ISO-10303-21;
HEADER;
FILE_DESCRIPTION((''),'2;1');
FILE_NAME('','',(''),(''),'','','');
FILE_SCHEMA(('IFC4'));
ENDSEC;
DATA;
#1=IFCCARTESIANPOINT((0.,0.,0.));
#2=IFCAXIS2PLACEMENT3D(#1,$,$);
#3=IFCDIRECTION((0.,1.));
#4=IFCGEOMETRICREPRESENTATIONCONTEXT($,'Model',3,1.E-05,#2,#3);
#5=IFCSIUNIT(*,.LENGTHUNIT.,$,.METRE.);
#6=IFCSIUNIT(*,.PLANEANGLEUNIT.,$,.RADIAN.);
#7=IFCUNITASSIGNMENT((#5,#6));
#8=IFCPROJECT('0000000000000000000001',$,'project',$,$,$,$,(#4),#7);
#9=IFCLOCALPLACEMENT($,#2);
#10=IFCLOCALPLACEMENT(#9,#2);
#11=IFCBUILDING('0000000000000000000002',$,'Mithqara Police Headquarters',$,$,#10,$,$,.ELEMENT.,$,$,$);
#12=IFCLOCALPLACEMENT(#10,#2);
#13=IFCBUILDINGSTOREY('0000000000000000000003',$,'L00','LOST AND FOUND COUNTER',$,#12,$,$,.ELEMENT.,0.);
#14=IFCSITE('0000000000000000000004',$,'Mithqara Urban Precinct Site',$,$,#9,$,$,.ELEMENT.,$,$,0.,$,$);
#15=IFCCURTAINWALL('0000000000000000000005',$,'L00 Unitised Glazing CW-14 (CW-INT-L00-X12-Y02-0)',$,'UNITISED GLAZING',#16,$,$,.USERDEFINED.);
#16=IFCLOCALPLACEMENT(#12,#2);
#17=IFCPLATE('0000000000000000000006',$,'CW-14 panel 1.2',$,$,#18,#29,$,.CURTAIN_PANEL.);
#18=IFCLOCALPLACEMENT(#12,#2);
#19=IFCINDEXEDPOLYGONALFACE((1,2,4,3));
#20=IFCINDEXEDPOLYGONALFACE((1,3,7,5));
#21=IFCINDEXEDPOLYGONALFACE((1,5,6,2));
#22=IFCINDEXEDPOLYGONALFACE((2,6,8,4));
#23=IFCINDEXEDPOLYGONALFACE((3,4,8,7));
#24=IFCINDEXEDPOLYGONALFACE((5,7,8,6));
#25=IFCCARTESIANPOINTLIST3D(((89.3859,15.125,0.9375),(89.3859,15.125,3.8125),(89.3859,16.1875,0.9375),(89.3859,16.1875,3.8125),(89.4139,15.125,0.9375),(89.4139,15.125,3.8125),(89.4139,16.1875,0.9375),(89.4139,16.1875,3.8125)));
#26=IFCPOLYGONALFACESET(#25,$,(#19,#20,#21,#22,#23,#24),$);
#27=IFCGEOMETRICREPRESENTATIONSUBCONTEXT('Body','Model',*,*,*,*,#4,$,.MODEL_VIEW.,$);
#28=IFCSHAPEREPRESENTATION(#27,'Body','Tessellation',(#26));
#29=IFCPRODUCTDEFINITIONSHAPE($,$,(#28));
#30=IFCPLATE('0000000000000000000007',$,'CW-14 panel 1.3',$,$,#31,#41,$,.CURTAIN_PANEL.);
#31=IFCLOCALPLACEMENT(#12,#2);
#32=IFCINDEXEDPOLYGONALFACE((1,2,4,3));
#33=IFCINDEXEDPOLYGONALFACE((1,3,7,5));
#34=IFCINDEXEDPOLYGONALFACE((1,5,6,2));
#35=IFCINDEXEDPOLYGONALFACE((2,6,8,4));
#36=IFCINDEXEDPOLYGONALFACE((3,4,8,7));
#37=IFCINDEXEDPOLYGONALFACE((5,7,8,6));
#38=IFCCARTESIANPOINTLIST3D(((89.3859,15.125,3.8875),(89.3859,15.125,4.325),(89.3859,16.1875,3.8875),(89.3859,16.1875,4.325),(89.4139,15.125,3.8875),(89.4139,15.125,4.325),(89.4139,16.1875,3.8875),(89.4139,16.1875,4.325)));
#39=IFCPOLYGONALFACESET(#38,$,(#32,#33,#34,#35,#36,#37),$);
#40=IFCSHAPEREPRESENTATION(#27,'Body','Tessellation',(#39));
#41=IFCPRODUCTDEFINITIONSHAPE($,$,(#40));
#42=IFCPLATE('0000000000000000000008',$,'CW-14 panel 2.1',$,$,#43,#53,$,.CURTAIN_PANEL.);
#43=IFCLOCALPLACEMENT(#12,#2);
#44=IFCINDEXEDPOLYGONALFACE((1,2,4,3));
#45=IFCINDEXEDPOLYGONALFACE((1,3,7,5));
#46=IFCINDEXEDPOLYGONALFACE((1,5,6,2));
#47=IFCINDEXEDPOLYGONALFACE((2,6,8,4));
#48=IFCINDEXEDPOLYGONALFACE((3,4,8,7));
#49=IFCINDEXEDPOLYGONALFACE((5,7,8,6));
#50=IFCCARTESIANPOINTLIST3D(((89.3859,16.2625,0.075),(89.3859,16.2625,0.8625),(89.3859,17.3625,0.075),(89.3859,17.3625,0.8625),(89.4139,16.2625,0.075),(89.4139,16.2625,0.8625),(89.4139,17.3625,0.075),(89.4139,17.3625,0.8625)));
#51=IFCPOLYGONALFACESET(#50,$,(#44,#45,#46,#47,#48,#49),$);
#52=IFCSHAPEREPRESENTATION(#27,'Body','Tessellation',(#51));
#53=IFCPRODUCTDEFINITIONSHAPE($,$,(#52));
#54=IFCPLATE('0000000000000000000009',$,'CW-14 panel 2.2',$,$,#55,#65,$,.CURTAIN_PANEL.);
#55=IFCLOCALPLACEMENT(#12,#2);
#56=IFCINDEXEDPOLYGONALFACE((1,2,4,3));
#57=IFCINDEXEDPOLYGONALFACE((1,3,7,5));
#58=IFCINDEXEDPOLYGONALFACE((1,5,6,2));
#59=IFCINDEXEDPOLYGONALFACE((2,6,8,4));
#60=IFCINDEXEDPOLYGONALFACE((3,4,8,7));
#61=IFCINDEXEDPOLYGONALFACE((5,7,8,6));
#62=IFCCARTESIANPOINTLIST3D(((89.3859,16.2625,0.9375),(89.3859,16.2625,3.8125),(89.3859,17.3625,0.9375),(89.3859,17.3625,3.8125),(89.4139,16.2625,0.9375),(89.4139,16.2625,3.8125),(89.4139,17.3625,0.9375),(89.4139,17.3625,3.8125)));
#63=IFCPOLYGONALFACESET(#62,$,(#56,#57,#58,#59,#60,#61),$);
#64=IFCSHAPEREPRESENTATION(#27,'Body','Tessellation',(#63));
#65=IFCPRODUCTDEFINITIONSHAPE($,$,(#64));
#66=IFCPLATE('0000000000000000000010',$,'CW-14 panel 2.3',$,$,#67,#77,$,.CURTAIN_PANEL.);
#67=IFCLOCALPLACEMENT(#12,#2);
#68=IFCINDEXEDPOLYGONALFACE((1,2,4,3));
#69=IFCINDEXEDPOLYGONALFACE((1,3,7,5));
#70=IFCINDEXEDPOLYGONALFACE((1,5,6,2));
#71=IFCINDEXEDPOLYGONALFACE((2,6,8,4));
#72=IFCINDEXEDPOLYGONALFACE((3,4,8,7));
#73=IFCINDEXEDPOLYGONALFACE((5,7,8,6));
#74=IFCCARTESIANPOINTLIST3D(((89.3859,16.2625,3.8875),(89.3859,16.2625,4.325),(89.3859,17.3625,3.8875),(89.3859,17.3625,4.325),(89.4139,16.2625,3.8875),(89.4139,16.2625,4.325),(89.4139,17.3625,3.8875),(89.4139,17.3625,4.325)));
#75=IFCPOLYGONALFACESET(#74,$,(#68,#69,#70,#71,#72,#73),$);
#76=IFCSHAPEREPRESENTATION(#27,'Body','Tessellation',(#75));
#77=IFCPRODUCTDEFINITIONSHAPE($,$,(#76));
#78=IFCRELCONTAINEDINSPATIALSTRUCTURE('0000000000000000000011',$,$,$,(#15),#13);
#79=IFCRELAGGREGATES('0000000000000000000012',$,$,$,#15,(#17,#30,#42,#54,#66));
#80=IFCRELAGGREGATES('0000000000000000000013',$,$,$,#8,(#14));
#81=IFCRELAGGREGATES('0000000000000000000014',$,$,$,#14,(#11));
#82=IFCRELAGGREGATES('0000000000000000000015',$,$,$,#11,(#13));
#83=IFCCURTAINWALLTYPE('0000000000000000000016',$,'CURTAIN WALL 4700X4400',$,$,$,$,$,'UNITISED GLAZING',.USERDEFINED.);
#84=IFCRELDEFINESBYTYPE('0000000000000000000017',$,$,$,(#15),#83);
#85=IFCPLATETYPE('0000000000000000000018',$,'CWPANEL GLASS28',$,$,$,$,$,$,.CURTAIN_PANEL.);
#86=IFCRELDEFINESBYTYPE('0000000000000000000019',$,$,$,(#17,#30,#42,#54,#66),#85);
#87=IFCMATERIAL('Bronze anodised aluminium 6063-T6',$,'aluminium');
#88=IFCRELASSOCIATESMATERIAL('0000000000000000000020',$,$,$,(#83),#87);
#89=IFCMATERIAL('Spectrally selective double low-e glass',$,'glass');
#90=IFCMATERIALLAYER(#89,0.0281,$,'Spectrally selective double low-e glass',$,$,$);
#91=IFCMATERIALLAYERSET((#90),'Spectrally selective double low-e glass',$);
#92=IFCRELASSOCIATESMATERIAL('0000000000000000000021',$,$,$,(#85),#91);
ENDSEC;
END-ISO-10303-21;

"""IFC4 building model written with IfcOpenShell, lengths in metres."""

from ifc_helpers import new_model, si_unit, direction, frame, origin, origin_2d, place, context, subcontext, project, spatial, rectangle, extrude, material, layer, layer_set, type_object, element, aggregate, save


model = new_model("IFC4")

# Units and contexts
model_context = context("Model", 3, precision=1e-05, world=origin(), true_north=direction((0.0, 1.0)))
body_context = subcontext(model_context, "Body", "Model", "MODEL_VIEW")
ifc_project = project(units=[si_unit("LENGTHUNIT", "METRE"), si_unit("PLANEANGLEUNIT", "RADIAN")], contexts=[model_context])

# Site, building, storey
site_placement = place(None, origin())
site = spatial("IfcSite", under=ifc_project, at=site_placement, Name="Mithqara Urban Precinct Site", CompositionType="ELEMENT", RefElevation=0.0)
building_placement = place(site_placement, origin())
building = spatial("IfcBuilding", under=site, at=building_placement, Name="Mithqara Police Headquarters", CompositionType="ELEMENT")
storey_placement = place(building_placement, origin())
storey = spatial("IfcBuildingStorey", under=building, at=storey_placement, Name="L00", Description="LOST AND FOUND COUNTER", CompositionType="ELEMENT", Elevation=0.0)

# Shared definitions
ifc_material_1 = material(Name="Bronze anodised aluminium 6063-T6", Category="aluminium")
curtain_wall_type = type_object("IfcCurtainWallType", Name="CURTAIN WALL 4700X4400", ElementType="UNITISED GLAZING", PredefinedType="USERDEFINED", material=ifc_material_1)

# Curtain wall
curtain_wall_1_placement = place(storey_placement, origin())
curtain_wall_1 = element("IfcCurtainWall", 1, at=curtain_wall_1_placement, inside=storey, type_object=curtain_wall_type, Name="L00 Unitised Glazing CW-14 (CW-INT-L00-X12-Y02-0)", ObjectType="UNITISED GLAZING", PredefinedType="USERDEFINED")

# Plates
ifc_material_2 = material(Name="Spectrally selective double low-e glass", Category="glass")
ifc_layer = layer(ifc_material_2, 0.0281, Name="Spectrally selective double low-e glass")
ifc_layer_set = layer_set([ifc_layer], Name="Spectrally selective double low-e glass")
plate_type = type_object("IfcPlateType", Name="CWPANEL GLASS28", PredefinedType="CURTAIN_PANEL", material=ifc_layer_set)
plate_1_placement = place(storey_placement, frame((89.3999, 15.6562, 0.9375), z_axis=(0.0, 0.0, 1.0), x_axis=(0.0, 1.0, 0.0)))
plate_1 = element("IfcPlate", 2, at=plate_1_placement, type_object=plate_type, Name="CW-14 panel 1.2", PredefinedType="CURTAIN_PANEL", context=body_context, shape_type="SweptSolid", body=[
    extrude(rectangle(XDim=1.0625, YDim=0.0281, at=origin_2d()), origin(), (0.0, 0.0, 1.0), 2.875),
])
plate_2_placement = place(storey_placement, frame((89.3999, 15.6562, 3.8875), z_axis=(0.0, 0.0, 1.0), x_axis=(0.0, 1.0, 0.0)))
plate_2 = element("IfcPlate", 3, at=plate_2_placement, type_object=plate_type, Name="CW-14 panel 1.3", PredefinedType="CURTAIN_PANEL", context=body_context, shape_type="SweptSolid", body=[
    extrude(rectangle(XDim=1.0625, YDim=0.0281, at=origin_2d()), origin(), (0.0, 0.0, 1.0), 0.4375),
])
plate_3_placement = place(storey_placement, frame((89.3999, 16.8125, 0.075), z_axis=(0.0, 0.0, 1.0), x_axis=(0.0, 1.0, 0.0)))
plate_3 = element("IfcPlate", 4, at=plate_3_placement, type_object=plate_type, Name="CW-14 panel 2.1", PredefinedType="CURTAIN_PANEL", context=body_context, shape_type="SweptSolid", body=[
    extrude(rectangle(XDim=1.1001, YDim=0.0281, at=origin_2d()), origin(), (0.0, 0.0, 1.0), 0.7876),
])
plate_4_placement = place(storey_placement, frame((89.3999, 16.8125, 0.9375), z_axis=(0.0, 0.0, 1.0), x_axis=(0.0, 1.0, 0.0)))
plate_4 = element("IfcPlate", 5, at=plate_4_placement, type_object=plate_type, Name="CW-14 panel 2.2", PredefinedType="CURTAIN_PANEL", context=body_context, shape_type="SweptSolid", body=[
    extrude(rectangle(XDim=1.1001, YDim=0.0281, at=origin_2d()), origin(), (0.0, 0.0, 1.0), 2.875),
])
plate_5_placement = place(storey_placement, frame((89.3999, 16.8125, 3.8875), z_axis=(0.0, 0.0, 1.0), x_axis=(0.0, 1.0, 0.0)))
plate_5 = element("IfcPlate", 6, at=plate_5_placement, type_object=plate_type, Name="CW-14 panel 2.3", PredefinedType="CURTAIN_PANEL", context=body_context, shape_type="SweptSolid", body=[
    extrude(rectangle(XDim=1.1001, YDim=0.0281, at=origin_2d()), origin(), (0.0, 0.0, 1.0), 0.4375),
])
aggregate(curtain_wall_1, [plate_1, plate_2, plate_3, plate_4, plate_5])

save(model, "model.ifc")
